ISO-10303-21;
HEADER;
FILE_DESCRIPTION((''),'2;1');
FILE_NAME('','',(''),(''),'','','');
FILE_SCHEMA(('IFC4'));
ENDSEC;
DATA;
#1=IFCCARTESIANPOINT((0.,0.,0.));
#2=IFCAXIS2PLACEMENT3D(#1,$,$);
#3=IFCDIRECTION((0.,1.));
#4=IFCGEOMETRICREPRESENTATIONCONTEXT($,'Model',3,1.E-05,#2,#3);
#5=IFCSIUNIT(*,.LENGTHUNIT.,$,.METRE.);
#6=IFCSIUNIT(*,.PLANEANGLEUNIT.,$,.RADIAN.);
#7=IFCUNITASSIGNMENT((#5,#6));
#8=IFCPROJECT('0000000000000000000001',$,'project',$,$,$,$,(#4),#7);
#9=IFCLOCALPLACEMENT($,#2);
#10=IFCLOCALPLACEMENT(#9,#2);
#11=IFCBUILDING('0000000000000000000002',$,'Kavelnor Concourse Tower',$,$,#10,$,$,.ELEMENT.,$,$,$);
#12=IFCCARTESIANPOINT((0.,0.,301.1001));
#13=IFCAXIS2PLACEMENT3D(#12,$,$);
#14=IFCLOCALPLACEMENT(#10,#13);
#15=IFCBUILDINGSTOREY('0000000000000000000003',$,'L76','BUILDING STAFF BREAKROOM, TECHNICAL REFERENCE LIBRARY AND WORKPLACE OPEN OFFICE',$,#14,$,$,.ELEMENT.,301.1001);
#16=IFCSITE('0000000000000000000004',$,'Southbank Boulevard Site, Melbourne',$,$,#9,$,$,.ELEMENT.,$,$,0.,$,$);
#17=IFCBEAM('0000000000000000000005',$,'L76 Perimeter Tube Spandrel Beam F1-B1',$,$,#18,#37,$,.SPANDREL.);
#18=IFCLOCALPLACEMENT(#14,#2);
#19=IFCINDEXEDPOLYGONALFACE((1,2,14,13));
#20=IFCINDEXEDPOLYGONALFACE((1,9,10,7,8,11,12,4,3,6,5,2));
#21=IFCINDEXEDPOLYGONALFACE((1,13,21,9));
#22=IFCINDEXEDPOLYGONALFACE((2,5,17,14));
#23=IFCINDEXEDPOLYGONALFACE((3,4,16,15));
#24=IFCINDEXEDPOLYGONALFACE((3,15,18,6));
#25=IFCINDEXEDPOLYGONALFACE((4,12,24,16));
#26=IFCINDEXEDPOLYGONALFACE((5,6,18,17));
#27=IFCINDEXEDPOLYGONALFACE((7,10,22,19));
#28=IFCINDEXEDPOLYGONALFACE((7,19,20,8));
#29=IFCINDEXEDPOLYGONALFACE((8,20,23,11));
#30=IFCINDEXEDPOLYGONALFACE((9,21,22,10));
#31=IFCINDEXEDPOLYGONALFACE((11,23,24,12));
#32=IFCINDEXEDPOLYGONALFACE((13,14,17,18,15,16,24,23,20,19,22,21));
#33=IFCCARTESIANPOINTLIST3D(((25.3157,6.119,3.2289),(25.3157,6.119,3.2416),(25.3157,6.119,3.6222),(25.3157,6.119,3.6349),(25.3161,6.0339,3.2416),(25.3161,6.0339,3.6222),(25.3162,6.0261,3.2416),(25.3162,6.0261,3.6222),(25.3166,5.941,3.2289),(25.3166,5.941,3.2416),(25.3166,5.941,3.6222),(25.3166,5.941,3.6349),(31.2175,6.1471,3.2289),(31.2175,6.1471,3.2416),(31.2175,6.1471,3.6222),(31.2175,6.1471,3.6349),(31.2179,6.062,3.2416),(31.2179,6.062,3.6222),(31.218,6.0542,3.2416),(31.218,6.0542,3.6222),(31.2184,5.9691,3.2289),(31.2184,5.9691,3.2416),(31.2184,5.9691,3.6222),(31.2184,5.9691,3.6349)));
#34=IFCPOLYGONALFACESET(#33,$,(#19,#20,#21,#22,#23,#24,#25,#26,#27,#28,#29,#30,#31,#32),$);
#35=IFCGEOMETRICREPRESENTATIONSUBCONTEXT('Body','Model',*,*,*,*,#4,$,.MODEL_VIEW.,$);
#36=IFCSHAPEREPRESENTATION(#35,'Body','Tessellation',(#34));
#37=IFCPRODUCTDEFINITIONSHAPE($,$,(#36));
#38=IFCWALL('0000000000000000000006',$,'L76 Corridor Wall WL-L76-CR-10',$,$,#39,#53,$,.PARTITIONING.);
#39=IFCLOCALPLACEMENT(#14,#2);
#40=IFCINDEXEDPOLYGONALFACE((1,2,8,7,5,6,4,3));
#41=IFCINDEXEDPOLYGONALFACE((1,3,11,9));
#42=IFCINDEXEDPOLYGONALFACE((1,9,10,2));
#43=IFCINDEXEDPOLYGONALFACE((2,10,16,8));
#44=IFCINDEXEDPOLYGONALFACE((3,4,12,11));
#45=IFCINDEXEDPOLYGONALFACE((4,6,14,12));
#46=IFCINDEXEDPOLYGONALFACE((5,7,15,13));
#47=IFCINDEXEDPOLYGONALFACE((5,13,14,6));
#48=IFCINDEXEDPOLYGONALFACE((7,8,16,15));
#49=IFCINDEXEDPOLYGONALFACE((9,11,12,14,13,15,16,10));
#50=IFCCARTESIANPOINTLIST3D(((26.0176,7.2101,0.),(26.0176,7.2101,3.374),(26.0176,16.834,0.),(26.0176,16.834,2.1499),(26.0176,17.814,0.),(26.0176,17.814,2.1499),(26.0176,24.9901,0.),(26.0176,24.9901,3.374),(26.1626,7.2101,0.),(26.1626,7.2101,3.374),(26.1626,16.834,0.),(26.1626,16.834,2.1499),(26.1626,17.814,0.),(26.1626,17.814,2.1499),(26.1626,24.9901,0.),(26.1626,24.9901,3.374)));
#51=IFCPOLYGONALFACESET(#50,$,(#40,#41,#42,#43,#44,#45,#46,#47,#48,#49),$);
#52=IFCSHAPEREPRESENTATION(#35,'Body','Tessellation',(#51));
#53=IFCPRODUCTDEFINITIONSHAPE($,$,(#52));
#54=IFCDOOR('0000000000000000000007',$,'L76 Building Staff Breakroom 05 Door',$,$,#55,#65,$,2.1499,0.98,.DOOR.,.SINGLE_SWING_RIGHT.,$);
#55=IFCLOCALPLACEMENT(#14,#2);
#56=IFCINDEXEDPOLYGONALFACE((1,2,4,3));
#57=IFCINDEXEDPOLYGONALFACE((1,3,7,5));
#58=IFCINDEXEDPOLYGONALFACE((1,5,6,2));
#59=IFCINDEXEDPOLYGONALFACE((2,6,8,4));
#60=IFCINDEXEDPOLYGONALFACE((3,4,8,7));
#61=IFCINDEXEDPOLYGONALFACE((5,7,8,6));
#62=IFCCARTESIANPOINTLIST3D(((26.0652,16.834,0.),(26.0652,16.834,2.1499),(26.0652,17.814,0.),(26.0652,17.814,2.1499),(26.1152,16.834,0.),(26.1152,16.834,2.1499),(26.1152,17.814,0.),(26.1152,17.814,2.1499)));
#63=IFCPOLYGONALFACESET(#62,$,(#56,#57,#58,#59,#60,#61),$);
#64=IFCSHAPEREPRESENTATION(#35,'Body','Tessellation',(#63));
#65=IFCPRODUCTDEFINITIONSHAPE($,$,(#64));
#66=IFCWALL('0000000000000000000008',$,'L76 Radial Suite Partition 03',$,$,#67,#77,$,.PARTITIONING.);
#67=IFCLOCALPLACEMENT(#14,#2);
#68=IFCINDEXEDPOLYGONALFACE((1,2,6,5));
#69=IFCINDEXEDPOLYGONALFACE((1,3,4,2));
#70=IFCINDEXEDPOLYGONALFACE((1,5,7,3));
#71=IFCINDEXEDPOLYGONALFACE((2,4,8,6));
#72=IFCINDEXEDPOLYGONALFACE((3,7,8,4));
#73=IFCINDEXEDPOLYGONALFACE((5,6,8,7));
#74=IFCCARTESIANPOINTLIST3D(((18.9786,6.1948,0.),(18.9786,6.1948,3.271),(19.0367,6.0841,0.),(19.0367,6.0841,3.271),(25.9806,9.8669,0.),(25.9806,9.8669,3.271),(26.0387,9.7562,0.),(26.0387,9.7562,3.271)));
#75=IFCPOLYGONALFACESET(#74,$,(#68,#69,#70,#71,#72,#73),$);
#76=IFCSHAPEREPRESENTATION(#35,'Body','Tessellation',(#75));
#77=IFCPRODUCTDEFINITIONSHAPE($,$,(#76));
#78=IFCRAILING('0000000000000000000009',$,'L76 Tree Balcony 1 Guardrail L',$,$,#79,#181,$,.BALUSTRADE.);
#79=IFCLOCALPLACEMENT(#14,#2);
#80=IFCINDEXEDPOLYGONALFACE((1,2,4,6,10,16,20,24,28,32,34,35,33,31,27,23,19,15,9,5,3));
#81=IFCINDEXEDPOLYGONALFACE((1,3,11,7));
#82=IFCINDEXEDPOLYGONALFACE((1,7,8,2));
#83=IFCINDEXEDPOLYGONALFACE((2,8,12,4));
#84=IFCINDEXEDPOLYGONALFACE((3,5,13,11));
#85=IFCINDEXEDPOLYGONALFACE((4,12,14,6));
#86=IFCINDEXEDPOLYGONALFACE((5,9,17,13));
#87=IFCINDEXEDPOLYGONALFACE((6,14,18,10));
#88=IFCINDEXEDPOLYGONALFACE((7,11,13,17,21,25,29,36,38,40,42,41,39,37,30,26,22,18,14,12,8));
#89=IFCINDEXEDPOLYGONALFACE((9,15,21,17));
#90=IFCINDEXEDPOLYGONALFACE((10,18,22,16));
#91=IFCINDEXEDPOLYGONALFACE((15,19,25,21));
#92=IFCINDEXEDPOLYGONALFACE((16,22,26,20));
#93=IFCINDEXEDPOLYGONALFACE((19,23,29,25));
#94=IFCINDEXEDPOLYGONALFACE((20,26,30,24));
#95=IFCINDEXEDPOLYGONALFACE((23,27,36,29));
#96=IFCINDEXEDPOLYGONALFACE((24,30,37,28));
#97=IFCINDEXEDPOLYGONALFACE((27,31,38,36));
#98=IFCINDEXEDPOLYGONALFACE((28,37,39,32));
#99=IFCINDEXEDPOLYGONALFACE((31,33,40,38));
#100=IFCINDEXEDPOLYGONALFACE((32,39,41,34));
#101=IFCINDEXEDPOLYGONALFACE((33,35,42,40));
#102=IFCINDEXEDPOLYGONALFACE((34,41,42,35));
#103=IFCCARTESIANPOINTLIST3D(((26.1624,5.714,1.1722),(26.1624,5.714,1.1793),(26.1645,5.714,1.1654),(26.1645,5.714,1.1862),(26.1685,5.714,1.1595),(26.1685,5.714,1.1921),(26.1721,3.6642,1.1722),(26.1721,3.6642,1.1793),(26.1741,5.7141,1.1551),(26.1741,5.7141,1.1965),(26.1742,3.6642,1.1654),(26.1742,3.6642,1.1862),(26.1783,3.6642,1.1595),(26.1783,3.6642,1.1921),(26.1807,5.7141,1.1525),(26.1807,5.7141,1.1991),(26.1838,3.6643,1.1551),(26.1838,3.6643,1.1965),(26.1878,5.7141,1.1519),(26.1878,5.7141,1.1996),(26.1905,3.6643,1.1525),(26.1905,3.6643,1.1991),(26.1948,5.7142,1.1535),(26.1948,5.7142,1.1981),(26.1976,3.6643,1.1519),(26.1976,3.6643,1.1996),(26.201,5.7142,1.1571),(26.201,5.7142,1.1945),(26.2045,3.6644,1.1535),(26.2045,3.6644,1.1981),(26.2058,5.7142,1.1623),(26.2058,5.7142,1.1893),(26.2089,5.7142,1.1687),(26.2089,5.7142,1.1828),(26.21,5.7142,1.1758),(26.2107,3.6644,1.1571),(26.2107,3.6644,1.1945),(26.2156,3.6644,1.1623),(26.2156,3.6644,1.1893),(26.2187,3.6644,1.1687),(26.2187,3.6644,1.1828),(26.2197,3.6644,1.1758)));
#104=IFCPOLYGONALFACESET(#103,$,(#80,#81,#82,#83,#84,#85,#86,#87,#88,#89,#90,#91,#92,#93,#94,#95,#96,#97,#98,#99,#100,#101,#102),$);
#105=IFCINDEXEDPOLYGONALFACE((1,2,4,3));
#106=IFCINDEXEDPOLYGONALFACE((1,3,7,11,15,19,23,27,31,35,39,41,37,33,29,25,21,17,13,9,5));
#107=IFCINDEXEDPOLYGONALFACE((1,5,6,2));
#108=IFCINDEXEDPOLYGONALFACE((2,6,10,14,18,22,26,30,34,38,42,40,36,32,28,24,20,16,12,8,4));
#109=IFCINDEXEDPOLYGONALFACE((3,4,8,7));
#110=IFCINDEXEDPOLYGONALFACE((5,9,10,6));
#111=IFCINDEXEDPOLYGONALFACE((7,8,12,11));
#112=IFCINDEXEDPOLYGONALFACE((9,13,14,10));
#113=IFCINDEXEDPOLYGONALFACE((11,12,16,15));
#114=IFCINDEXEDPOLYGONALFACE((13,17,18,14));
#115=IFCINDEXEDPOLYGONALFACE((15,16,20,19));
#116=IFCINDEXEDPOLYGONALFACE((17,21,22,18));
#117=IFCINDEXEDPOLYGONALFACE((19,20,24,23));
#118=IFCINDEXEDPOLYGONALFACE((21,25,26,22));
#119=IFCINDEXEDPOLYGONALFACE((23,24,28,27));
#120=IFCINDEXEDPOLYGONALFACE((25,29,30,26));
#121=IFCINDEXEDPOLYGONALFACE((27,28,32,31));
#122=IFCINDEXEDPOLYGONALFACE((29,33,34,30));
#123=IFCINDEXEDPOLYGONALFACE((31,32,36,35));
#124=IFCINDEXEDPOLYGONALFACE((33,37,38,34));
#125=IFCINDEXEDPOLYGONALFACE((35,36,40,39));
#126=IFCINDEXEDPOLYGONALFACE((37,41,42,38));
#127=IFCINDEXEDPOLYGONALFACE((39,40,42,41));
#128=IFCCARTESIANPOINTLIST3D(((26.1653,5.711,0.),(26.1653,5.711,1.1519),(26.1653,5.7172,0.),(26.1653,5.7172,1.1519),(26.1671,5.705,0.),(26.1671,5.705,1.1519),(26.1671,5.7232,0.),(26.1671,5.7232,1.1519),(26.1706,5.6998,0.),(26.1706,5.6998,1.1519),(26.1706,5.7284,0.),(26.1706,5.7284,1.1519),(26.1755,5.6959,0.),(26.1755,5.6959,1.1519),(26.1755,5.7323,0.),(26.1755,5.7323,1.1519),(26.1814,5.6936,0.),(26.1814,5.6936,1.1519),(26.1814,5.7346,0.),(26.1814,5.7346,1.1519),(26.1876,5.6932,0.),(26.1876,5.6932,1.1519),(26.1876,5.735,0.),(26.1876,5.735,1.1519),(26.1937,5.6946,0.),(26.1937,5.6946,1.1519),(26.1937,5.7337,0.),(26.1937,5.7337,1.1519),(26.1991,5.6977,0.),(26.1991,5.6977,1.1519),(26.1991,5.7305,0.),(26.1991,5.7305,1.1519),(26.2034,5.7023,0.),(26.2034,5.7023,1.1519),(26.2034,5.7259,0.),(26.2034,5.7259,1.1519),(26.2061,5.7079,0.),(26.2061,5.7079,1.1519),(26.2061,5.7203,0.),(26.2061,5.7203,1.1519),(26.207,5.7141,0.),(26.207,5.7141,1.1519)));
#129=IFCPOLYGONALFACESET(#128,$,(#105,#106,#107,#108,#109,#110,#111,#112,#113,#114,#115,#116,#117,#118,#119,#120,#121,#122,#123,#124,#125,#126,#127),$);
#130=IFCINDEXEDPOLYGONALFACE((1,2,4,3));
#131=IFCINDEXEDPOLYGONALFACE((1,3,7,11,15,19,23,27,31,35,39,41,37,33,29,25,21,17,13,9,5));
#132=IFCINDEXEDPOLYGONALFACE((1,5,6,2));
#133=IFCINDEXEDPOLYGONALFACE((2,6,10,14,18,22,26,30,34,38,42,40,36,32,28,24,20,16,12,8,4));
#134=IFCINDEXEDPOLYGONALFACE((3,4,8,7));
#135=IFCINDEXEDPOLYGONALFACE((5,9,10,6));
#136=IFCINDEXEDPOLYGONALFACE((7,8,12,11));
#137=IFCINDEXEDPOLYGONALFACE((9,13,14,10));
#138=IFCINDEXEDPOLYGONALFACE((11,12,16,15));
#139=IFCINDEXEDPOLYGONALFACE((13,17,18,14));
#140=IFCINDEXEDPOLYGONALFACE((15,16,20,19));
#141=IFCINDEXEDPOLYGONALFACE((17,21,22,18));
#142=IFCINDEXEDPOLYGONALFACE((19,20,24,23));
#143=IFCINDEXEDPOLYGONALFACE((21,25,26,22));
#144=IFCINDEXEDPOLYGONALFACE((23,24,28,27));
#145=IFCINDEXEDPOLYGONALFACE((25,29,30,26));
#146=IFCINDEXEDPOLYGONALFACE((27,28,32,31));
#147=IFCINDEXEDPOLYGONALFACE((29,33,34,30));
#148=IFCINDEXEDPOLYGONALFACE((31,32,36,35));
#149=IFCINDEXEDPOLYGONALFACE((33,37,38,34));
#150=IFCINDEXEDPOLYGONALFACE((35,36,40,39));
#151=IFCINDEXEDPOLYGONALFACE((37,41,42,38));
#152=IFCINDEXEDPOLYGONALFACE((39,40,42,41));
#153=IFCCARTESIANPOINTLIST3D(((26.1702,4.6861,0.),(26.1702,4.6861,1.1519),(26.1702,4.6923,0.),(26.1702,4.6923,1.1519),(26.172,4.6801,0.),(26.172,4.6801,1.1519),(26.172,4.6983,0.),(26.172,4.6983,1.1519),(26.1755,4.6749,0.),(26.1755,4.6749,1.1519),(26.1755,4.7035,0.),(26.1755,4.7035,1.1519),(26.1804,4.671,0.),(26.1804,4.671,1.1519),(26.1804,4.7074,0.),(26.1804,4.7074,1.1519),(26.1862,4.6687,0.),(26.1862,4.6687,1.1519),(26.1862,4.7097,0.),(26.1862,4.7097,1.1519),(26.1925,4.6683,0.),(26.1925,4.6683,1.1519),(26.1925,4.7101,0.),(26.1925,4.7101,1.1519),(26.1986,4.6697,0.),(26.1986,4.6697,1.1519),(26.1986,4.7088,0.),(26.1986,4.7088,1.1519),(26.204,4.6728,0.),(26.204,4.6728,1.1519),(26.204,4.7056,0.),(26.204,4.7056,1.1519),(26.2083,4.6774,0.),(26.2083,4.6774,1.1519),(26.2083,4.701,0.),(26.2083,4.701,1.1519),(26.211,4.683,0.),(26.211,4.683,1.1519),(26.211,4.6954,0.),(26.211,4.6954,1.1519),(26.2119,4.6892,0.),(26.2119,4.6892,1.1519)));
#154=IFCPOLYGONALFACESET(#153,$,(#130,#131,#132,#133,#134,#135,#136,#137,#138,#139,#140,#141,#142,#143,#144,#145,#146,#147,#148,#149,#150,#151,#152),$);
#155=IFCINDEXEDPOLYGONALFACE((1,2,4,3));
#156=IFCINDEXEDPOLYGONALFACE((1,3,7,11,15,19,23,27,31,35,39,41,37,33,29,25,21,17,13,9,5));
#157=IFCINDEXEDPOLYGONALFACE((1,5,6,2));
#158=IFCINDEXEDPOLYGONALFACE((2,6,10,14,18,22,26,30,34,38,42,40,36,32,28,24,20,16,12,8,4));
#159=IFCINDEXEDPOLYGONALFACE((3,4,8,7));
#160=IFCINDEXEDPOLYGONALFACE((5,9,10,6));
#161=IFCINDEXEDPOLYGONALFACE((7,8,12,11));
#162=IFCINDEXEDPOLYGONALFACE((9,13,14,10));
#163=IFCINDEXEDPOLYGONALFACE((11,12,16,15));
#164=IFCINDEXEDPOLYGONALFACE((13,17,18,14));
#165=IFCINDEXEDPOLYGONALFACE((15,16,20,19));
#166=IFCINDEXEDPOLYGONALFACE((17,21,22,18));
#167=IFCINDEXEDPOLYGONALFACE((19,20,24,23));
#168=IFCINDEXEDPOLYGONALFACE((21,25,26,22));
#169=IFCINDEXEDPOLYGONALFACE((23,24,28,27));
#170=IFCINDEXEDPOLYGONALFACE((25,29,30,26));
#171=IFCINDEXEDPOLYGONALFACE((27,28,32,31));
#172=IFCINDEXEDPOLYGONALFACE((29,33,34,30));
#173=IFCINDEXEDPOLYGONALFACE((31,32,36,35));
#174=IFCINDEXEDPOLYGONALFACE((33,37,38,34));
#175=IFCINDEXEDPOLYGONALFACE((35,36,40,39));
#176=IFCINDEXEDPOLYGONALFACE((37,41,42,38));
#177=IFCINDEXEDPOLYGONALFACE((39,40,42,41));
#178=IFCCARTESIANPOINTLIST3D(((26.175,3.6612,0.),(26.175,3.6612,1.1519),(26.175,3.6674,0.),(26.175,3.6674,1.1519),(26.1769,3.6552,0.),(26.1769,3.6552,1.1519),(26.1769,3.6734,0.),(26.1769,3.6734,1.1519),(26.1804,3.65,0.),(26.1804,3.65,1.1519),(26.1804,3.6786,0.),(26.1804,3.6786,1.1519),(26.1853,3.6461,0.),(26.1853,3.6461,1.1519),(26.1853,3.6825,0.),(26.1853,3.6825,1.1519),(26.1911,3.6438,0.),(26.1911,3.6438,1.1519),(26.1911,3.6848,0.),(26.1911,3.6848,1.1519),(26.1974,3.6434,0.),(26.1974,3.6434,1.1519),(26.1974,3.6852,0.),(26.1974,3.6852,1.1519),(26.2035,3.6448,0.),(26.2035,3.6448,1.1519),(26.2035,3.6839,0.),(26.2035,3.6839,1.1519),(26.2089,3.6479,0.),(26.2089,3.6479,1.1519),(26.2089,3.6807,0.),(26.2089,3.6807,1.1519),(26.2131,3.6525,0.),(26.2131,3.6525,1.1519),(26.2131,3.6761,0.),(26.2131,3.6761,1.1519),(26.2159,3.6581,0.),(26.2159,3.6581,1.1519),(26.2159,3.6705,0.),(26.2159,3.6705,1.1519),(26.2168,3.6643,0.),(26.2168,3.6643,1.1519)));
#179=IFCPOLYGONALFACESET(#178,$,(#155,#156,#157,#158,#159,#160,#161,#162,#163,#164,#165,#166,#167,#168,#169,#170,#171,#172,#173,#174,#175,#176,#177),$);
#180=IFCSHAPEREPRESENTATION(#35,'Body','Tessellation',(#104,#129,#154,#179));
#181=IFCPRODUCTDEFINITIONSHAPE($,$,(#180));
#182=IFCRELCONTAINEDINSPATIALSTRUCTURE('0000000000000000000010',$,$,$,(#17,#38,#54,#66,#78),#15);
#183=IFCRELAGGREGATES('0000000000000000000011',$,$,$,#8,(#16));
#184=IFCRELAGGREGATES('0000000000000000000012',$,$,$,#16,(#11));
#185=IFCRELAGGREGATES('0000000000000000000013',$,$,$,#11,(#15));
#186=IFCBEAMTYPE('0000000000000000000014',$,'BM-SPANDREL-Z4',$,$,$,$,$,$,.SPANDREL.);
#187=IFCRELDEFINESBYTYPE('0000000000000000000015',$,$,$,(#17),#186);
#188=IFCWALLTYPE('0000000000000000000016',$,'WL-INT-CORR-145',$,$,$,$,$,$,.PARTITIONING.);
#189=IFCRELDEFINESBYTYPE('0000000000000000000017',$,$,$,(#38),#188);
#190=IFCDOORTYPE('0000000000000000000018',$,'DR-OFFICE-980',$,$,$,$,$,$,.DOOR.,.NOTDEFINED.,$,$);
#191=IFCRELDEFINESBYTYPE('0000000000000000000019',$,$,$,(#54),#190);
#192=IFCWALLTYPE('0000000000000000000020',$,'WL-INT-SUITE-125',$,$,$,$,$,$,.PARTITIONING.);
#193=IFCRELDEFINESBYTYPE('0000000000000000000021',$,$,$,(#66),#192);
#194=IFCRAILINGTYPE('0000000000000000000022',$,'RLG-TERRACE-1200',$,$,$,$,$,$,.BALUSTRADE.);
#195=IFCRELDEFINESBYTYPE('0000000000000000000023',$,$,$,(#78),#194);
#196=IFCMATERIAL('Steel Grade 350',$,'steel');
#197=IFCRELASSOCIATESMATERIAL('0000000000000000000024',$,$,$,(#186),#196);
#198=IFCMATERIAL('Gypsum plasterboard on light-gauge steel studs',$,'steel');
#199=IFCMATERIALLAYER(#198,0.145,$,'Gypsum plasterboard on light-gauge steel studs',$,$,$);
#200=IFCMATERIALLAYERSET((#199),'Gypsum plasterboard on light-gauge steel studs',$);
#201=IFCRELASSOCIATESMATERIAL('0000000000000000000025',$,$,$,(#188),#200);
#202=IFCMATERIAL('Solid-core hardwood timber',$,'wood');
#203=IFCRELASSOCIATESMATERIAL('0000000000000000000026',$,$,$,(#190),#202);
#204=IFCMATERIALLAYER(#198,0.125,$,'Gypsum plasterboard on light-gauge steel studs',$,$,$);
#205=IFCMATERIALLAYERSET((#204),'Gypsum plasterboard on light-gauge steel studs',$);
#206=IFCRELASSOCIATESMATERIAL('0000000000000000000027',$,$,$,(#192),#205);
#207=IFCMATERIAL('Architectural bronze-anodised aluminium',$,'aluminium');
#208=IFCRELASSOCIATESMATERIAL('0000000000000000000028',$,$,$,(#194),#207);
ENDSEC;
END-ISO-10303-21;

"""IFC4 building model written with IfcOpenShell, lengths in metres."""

from ifc_helpers import new_model, si_unit, direction, frame, frame_2d, origin, origin_2d, place, context, subcontext, project, spatial, rectangle, circle, i_section, extrude, material, layer, layer_set, material_profile, profile_set, type_object, element, fill, save


model = new_model("IFC4")

# Units and contexts
model_context = context("Model", 3, precision=1e-05, world=origin(), true_north=direction((0.0, 1.0)))
body_context = subcontext(model_context, "Body", "Model", "MODEL_VIEW")
ifc_project = project(units=[si_unit("LENGTHUNIT", "METRE"), si_unit("PLANEANGLEUNIT", "RADIAN")], contexts=[model_context])

# Site, building, storey
site_placement = place(None, origin())
site = spatial("IfcSite", under=ifc_project, at=site_placement, Name="Southbank Boulevard Site, Melbourne", CompositionType="ELEMENT", RefElevation=0.0)
building_placement = place(site_placement, origin())
building = spatial("IfcBuilding", under=site, at=building_placement, Name="Kavelnor Concourse Tower", CompositionType="ELEMENT")
storey_placement = place(building_placement, frame((0.0, 0.0, 301.1001)))
storey = spatial("IfcBuildingStorey", under=building, at=storey_placement, Name="L76", Description="BUILDING STAFF BREAKROOM, TECHNICAL REFERENCE LIBRARY AND WORKPLACE OPEN OFFICE", CompositionType="ELEMENT", Elevation=301.1001)

# Shared definitions
ifc_material_1 = material(Name="Steel Grade 350", Category="steel")

# Beam
ifc_material_profile_1 = material_profile(ifc_material_1, i_section(OverallWidth=0.178, OverallDepth=0.406, WebThickness=0.0078, FlangeThickness=0.0127, at=origin_2d()), Name="410UB59")
ifc_profile_set_1 = profile_set([ifc_material_profile_1], Name="Steel Grade 350")
beam_type_1 = type_object("IfcBeamType", Name="BM-SPANDREL-Z4", PredefinedType="SPANDREL", material=ifc_profile_set_1)
beam_1_placement = place(storey_placement, frame((25.3162, 6.03, 3.4319), z_axis=(0.999989, 0.004757, 0.0), x_axis=(-0.004757, 0.999989, 0.0)))
element("IfcBeam", 1, at=beam_1_placement, inside=storey, type_object=beam_type_1, Name="L76 Perimeter Tube Spandrel Beam F1-B1", PredefinedType="SPANDREL", context=body_context, shape_type="SweptSolid", body=[
    extrude(i_section(OverallWidth=0.178, OverallDepth=0.406, WebThickness=0.0078, FlangeThickness=0.0127, at=origin_2d()), origin(), (0.0, 0.0, 1.0), 5.9019),
])

# Wall, opening, door
ifc_material_2 = material(Name="Gypsum plasterboard on light-gauge steel studs", Category="steel")
ifc_layer_1 = layer(ifc_material_2, 0.145, Name="Gypsum plasterboard on light-gauge steel studs")
ifc_layer_set_1 = layer_set([ifc_layer_1], Name="Gypsum plasterboard on light-gauge steel studs")
wall_type_1 = type_object("IfcWallType", Name="WL-INT-CORR-145", PredefinedType="PARTITIONING", material=ifc_layer_set_1)
wall_1_placement = place(storey_placement, frame((26.0901, 7.21, 0.0), z_axis=(0.0, 0.0, 1.0), x_axis=(0.0, 1.0, 0.0)))
wall_1 = element("IfcWall", 2, at=wall_1_placement, inside=storey, type_object=wall_type_1, Name="L76 Corridor Wall WL-L76-CR-10", PredefinedType="PARTITIONING", context=body_context, shape_type="SweptSolid", body=[
    extrude(rectangle(XDim=17.78, YDim=0.145, at=frame_2d((8.8901, 0.0))), origin(), (0.0, 0.0, 1.0), 3.374),
])
opening_placement = place(wall_1_placement, frame((9.624, 0.0, 0.0)))
opening = element("IfcOpeningElement", 3, at=opening_placement, cuts=wall_1, PredefinedType="OPENING", context=body_context, shape_type="SweptSolid", body=[
    extrude(rectangle(XDim=0.98, YDim=2.1499, at=frame_2d((0.49, 1.075))), frame((0.0, 0.0825, 0.0), z_axis=(0.0, -1.0, 0.0), x_axis=(1.0, 0.0, 0.0)), (0.0, 0.0, 1.0), 0.165),
])
ifc_material_3 = material(Name="Solid-core hardwood timber", Category="wood")
door_type = type_object("IfcDoorType", Name="DR-OFFICE-980", OperationType="NOTDEFINED", PredefinedType="DOOR", material=ifc_material_3)
door_placement = place(opening_placement, origin())
door = element("IfcDoor", 4, at=door_placement, inside=storey, type_object=door_type, Name="L76 Building Staff Breakroom 05 Door", OperationType="SINGLE_SWING_RIGHT", OverallHeight=2.1499, OverallWidth=0.98, PredefinedType="DOOR", context=body_context, shape_type="SweptSolid", body=[
    extrude(rectangle(XDim=0.98, YDim=2.1499, at=frame_2d((0.49, 1.075))), frame((0.0, 0.0249, 0.0), z_axis=(0.0, -1.0, 0.0), x_axis=(1.0, 0.0, 0.0)), (0.0, 0.0, 1.0), 0.05),
])
fill(opening, door)

# Wall
ifc_layer_2 = layer(ifc_material_2, 0.125, Name="Gypsum plasterboard on light-gauge steel studs")
ifc_layer_set_2 = layer_set([ifc_layer_2], Name="Gypsum plasterboard on light-gauge steel studs")
wall_type_2 = type_object("IfcWallType", Name="WL-INT-SUITE-125", PredefinedType="PARTITIONING", material=ifc_layer_set_2)
wall_2_placement = place(storey_placement, frame((26.0095, 9.8115, 0.0), z_axis=(0.0, 0.0, 1.0), x_axis=(-0.885601, -0.464447, 0.0)))
element("IfcWall", 5, at=wall_2_placement, inside=storey, type_object=wall_type_2, Name="L76 Radial Suite Partition 03", PredefinedType="PARTITIONING", context=body_context, shape_type="SweptSolid", body=[
    extrude(rectangle(XDim=7.9065, YDim=0.125, at=frame_2d((3.9531, 0.0))), origin(), (0.0, 0.0, 1.0), 3.271),
])

# Railing
ifc_material_4 = material(Name="Architectural bronze-anodised aluminium", Category="aluminium")
railing_type = type_object("IfcRailingType", Name="RLG-TERRACE-1200", PredefinedType="BALUSTRADE", material=ifc_material_4)
railing_1_placement = place(storey_placement, frame((26.186, 5.7141, 0.0)))
element("IfcRailing", 6, at=railing_1_placement, inside=storey, type_object=railing_type, Name="L76 Tree Balcony 1 Guardrail L", PredefinedType="BALUSTRADE", context=body_context, shape_type="SweptSolid", body=[
    extrude(circle(Radius=0.0239, at=origin_2d()), frame((0.0, 0.0, 1.1758), z_axis=(0.004764, -0.999989, 0.0), x_axis=(0.999989, 0.004764, 0.0)), (0.0, 0.0, 1.0), 2.0498),
    extrude(circle(Radius=0.021, at=origin_2d()), origin(), (0.0, 0.0, 1.0), 1.1519),
    extrude(circle(Radius=0.021, at=origin_2d()), frame((0.0049, -1.0249, 0.0)), (0.0, 0.0, 1.0), 1.1519),
    extrude(circle(Radius=0.021, at=origin_2d()), frame((0.0098, -2.0498, 0.0)), (0.0, 0.0, 1.0), 1.1519),
])

save(model, "model.ifc")
